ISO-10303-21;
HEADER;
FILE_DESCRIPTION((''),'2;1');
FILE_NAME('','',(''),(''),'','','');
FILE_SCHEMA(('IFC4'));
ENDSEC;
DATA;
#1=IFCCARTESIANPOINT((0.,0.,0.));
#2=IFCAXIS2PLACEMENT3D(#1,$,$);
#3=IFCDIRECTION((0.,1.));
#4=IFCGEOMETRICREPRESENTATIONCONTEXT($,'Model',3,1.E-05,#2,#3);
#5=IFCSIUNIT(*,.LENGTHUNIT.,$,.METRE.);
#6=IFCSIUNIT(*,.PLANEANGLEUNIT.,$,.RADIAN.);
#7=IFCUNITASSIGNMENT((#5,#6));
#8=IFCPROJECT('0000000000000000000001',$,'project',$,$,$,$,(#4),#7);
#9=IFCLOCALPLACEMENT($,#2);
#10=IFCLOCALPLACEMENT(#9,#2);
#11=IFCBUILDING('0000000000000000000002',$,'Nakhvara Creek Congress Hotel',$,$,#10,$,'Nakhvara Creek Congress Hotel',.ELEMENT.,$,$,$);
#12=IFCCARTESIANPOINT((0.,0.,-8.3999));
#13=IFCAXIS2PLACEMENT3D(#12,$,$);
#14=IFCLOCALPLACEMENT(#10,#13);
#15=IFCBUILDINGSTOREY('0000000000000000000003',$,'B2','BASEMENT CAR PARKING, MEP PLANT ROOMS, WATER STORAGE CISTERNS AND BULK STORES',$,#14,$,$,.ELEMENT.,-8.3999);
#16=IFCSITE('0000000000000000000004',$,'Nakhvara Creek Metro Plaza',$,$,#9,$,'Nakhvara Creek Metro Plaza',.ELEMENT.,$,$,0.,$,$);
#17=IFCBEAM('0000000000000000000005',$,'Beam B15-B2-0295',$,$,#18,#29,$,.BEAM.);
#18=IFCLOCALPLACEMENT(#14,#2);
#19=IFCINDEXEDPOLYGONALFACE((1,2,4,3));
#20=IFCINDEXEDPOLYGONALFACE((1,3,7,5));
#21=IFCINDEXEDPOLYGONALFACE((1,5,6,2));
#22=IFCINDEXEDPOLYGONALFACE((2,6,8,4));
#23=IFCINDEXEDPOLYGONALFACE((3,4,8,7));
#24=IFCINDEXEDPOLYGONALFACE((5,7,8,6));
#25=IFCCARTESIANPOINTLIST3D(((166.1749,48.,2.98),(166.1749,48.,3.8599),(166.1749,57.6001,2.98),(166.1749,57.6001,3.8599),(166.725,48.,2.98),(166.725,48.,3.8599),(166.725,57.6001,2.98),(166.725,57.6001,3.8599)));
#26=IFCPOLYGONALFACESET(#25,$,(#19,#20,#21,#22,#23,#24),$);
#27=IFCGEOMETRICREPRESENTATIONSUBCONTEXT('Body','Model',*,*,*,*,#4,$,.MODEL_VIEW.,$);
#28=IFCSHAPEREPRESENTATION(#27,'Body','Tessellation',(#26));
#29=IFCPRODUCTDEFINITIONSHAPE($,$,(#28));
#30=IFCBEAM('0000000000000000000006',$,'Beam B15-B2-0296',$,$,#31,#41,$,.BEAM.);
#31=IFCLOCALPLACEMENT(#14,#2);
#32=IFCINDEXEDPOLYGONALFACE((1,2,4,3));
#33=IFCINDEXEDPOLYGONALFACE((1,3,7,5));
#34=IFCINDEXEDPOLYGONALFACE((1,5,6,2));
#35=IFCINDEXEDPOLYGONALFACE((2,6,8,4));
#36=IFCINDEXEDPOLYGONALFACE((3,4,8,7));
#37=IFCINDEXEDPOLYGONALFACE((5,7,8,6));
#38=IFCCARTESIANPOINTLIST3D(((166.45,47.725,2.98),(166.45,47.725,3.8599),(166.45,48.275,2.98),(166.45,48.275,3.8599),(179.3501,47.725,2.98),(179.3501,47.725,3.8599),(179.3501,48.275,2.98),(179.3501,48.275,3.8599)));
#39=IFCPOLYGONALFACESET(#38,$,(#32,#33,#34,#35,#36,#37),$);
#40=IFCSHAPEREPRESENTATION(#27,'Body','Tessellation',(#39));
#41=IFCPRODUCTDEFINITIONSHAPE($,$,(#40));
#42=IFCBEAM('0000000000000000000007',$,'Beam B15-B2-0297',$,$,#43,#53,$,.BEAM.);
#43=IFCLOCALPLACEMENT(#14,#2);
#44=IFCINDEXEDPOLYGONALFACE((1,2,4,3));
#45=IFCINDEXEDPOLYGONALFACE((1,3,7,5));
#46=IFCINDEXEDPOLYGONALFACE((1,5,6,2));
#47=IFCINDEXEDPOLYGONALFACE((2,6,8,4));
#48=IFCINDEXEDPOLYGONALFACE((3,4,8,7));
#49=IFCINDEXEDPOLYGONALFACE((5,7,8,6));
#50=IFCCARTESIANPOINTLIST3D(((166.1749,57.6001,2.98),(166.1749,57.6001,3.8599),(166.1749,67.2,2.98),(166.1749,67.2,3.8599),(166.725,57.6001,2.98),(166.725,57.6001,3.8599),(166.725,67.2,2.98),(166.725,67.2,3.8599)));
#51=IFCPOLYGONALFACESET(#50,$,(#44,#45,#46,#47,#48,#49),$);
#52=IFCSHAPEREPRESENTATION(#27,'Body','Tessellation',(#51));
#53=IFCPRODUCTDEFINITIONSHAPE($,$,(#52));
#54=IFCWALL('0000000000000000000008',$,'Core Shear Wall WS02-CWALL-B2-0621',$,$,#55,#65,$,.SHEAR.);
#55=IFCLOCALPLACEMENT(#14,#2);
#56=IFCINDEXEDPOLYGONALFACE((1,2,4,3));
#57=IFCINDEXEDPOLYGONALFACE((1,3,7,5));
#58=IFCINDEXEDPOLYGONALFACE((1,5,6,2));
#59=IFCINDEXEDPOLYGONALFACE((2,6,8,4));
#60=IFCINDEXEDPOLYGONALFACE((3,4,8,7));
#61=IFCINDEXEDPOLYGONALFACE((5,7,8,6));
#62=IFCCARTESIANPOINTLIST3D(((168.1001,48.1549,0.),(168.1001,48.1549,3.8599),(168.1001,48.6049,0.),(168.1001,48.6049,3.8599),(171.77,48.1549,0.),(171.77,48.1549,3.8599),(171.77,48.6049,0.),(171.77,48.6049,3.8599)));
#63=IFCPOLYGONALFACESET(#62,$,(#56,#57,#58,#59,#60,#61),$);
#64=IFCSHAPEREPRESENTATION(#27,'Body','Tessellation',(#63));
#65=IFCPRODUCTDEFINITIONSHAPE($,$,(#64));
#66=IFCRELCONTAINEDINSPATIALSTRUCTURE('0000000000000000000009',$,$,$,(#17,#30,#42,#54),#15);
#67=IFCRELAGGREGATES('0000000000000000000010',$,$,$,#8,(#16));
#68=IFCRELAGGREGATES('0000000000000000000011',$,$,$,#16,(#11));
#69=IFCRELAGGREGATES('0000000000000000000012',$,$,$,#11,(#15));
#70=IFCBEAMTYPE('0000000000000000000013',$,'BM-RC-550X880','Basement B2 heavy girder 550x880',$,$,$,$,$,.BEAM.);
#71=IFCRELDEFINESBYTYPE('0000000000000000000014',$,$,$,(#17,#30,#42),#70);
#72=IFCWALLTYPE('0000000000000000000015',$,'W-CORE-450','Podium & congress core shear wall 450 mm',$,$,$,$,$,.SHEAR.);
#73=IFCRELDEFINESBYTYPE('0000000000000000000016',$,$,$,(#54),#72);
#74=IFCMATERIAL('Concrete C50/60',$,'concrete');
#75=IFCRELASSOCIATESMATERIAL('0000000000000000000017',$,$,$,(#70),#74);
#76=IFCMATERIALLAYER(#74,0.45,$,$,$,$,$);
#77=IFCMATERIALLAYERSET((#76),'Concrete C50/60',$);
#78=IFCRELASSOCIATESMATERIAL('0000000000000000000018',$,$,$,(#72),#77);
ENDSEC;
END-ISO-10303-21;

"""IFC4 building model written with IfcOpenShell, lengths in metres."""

from ifc_helpers import new_model, si_unit, direction, frame, frame_2d, origin, origin_2d, place, context, subcontext, project, spatial, rectangle, extrude, material, layer, layer_set, material_profile, profile_set, type_object, element, save


model = new_model("IFC4")

# Units and contexts
model_context = context("Model", 3, precision=1e-05, world=origin(), true_north=direction((0.0, 1.0)))
body_context = subcontext(model_context, "Body", "Model", "MODEL_VIEW")
ifc_project = project(units=[si_unit("LENGTHUNIT", "METRE"), si_unit("PLANEANGLEUNIT", "RADIAN")], contexts=[model_context])

# Site, building, storey
site_placement = place(None, origin())
site = spatial("IfcSite", under=ifc_project, at=site_placement, Name="Nakhvara Creek Metro Plaza", LongName="Nakhvara Creek Metro Plaza", CompositionType="ELEMENT", RefElevation=0.0)
building_placement = place(site_placement, origin())
building = spatial("IfcBuilding", under=site, at=building_placement, Name="Nakhvara Creek Congress Hotel", LongName="Nakhvara Creek Congress Hotel", CompositionType="ELEMENT")
storey_placement = place(building_placement, frame((0.0, 0.0, -8.3999)))
storey = spatial("IfcBuildingStorey", under=building, at=storey_placement, Name="B2", Description="BASEMENT CAR PARKING, MEP PLANT ROOMS, WATER STORAGE CISTERNS AND BULK STORES", CompositionType="ELEMENT", Elevation=-8.3999)

# Shared definitions
ifc_material_1 = material(Name="Concrete C50/60", Category="concrete")

# Beams
ifc_material_profile_1 = material_profile(ifc_material_1, rectangle(XDim=0.55, YDim=0.8799, at=origin_2d()), Name="RC-BM 550x880", Category="LoadBearing")
ifc_profile_set_1 = profile_set([ifc_material_profile_1], Name="Concrete C50/60")
beam_type = type_object("IfcBeamType", Name="BM-RC-550X880", Description="Basement B2 heavy girder 550x880", PredefinedType="BEAM", material=ifc_profile_set_1)
beam_1_placement = place(storey_placement, frame((166.45, 48.0, 3.4199), z_axis=(0.0, 1.0, 0.0), x_axis=(-1.0, 0.0, 0.0)))
element("IfcBeam", 1, at=beam_1_placement, inside=storey, type_object=beam_type, Name="Beam B15-B2-0295", PredefinedType="BEAM", context=body_context, shape_type="SweptSolid", body=[
    extrude(rectangle(XDim=0.55, YDim=0.8799, at=origin_2d()), origin(), (0.0, 0.0, 1.0), 9.6001),
])
beam_2_placement = place(storey_placement, frame((166.45, 48.0, 3.4199), z_axis=(1.0, 0.0, 0.0), x_axis=(0.0, 1.0, 0.0)))
element("IfcBeam", 2, at=beam_2_placement, inside=storey, type_object=beam_type, Name="Beam B15-B2-0296", PredefinedType="BEAM", context=body_context, shape_type="SweptSolid", body=[
    extrude(rectangle(XDim=0.55, YDim=0.8799, at=origin_2d()), origin(), (0.0, 0.0, 1.0), 12.9001),
])
beam_3_placement = place(storey_placement, frame((166.45, 57.6001, 3.4199), z_axis=(0.0, 1.0, 0.0), x_axis=(-1.0, 0.0, 0.0)))
element("IfcBeam", 3, at=beam_3_placement, inside=storey, type_object=beam_type, Name="Beam B15-B2-0297", PredefinedType="BEAM", context=body_context, shape_type="SweptSolid", body=[
    extrude(rectangle(XDim=0.55, YDim=0.8799, at=origin_2d()), origin(), (0.0, 0.0, 1.0), 9.5999),
])

# Wall
ifc_layer = layer(ifc_material_1, 0.45)
ifc_layer_set = layer_set([ifc_layer], Name="Concrete C50/60")
wall_type = type_object("IfcWallType", Name="W-CORE-450", Description="Podium & congress core shear wall 450 mm", PredefinedType="SHEAR", material=ifc_layer_set)
wall_placement = place(storey_placement, frame((168.1001, 48.3799, 0.0), z_axis=(0.0, 0.0, 1.0), x_axis=(1.0, 0.0, 0.0)))
element("IfcWall", 4, at=wall_placement, inside=storey, type_object=wall_type, Name="Core Shear Wall WS02-CWALL-B2-0621", PredefinedType="SHEAR", context=body_context, shape_type="SweptSolid", body=[
    extrude(rectangle(XDim=3.6699, YDim=0.45, at=frame_2d((1.835, 0.0))), origin(), (0.0, 0.0, 1.0), 3.8599),
])

save(model, "model.ifc")
